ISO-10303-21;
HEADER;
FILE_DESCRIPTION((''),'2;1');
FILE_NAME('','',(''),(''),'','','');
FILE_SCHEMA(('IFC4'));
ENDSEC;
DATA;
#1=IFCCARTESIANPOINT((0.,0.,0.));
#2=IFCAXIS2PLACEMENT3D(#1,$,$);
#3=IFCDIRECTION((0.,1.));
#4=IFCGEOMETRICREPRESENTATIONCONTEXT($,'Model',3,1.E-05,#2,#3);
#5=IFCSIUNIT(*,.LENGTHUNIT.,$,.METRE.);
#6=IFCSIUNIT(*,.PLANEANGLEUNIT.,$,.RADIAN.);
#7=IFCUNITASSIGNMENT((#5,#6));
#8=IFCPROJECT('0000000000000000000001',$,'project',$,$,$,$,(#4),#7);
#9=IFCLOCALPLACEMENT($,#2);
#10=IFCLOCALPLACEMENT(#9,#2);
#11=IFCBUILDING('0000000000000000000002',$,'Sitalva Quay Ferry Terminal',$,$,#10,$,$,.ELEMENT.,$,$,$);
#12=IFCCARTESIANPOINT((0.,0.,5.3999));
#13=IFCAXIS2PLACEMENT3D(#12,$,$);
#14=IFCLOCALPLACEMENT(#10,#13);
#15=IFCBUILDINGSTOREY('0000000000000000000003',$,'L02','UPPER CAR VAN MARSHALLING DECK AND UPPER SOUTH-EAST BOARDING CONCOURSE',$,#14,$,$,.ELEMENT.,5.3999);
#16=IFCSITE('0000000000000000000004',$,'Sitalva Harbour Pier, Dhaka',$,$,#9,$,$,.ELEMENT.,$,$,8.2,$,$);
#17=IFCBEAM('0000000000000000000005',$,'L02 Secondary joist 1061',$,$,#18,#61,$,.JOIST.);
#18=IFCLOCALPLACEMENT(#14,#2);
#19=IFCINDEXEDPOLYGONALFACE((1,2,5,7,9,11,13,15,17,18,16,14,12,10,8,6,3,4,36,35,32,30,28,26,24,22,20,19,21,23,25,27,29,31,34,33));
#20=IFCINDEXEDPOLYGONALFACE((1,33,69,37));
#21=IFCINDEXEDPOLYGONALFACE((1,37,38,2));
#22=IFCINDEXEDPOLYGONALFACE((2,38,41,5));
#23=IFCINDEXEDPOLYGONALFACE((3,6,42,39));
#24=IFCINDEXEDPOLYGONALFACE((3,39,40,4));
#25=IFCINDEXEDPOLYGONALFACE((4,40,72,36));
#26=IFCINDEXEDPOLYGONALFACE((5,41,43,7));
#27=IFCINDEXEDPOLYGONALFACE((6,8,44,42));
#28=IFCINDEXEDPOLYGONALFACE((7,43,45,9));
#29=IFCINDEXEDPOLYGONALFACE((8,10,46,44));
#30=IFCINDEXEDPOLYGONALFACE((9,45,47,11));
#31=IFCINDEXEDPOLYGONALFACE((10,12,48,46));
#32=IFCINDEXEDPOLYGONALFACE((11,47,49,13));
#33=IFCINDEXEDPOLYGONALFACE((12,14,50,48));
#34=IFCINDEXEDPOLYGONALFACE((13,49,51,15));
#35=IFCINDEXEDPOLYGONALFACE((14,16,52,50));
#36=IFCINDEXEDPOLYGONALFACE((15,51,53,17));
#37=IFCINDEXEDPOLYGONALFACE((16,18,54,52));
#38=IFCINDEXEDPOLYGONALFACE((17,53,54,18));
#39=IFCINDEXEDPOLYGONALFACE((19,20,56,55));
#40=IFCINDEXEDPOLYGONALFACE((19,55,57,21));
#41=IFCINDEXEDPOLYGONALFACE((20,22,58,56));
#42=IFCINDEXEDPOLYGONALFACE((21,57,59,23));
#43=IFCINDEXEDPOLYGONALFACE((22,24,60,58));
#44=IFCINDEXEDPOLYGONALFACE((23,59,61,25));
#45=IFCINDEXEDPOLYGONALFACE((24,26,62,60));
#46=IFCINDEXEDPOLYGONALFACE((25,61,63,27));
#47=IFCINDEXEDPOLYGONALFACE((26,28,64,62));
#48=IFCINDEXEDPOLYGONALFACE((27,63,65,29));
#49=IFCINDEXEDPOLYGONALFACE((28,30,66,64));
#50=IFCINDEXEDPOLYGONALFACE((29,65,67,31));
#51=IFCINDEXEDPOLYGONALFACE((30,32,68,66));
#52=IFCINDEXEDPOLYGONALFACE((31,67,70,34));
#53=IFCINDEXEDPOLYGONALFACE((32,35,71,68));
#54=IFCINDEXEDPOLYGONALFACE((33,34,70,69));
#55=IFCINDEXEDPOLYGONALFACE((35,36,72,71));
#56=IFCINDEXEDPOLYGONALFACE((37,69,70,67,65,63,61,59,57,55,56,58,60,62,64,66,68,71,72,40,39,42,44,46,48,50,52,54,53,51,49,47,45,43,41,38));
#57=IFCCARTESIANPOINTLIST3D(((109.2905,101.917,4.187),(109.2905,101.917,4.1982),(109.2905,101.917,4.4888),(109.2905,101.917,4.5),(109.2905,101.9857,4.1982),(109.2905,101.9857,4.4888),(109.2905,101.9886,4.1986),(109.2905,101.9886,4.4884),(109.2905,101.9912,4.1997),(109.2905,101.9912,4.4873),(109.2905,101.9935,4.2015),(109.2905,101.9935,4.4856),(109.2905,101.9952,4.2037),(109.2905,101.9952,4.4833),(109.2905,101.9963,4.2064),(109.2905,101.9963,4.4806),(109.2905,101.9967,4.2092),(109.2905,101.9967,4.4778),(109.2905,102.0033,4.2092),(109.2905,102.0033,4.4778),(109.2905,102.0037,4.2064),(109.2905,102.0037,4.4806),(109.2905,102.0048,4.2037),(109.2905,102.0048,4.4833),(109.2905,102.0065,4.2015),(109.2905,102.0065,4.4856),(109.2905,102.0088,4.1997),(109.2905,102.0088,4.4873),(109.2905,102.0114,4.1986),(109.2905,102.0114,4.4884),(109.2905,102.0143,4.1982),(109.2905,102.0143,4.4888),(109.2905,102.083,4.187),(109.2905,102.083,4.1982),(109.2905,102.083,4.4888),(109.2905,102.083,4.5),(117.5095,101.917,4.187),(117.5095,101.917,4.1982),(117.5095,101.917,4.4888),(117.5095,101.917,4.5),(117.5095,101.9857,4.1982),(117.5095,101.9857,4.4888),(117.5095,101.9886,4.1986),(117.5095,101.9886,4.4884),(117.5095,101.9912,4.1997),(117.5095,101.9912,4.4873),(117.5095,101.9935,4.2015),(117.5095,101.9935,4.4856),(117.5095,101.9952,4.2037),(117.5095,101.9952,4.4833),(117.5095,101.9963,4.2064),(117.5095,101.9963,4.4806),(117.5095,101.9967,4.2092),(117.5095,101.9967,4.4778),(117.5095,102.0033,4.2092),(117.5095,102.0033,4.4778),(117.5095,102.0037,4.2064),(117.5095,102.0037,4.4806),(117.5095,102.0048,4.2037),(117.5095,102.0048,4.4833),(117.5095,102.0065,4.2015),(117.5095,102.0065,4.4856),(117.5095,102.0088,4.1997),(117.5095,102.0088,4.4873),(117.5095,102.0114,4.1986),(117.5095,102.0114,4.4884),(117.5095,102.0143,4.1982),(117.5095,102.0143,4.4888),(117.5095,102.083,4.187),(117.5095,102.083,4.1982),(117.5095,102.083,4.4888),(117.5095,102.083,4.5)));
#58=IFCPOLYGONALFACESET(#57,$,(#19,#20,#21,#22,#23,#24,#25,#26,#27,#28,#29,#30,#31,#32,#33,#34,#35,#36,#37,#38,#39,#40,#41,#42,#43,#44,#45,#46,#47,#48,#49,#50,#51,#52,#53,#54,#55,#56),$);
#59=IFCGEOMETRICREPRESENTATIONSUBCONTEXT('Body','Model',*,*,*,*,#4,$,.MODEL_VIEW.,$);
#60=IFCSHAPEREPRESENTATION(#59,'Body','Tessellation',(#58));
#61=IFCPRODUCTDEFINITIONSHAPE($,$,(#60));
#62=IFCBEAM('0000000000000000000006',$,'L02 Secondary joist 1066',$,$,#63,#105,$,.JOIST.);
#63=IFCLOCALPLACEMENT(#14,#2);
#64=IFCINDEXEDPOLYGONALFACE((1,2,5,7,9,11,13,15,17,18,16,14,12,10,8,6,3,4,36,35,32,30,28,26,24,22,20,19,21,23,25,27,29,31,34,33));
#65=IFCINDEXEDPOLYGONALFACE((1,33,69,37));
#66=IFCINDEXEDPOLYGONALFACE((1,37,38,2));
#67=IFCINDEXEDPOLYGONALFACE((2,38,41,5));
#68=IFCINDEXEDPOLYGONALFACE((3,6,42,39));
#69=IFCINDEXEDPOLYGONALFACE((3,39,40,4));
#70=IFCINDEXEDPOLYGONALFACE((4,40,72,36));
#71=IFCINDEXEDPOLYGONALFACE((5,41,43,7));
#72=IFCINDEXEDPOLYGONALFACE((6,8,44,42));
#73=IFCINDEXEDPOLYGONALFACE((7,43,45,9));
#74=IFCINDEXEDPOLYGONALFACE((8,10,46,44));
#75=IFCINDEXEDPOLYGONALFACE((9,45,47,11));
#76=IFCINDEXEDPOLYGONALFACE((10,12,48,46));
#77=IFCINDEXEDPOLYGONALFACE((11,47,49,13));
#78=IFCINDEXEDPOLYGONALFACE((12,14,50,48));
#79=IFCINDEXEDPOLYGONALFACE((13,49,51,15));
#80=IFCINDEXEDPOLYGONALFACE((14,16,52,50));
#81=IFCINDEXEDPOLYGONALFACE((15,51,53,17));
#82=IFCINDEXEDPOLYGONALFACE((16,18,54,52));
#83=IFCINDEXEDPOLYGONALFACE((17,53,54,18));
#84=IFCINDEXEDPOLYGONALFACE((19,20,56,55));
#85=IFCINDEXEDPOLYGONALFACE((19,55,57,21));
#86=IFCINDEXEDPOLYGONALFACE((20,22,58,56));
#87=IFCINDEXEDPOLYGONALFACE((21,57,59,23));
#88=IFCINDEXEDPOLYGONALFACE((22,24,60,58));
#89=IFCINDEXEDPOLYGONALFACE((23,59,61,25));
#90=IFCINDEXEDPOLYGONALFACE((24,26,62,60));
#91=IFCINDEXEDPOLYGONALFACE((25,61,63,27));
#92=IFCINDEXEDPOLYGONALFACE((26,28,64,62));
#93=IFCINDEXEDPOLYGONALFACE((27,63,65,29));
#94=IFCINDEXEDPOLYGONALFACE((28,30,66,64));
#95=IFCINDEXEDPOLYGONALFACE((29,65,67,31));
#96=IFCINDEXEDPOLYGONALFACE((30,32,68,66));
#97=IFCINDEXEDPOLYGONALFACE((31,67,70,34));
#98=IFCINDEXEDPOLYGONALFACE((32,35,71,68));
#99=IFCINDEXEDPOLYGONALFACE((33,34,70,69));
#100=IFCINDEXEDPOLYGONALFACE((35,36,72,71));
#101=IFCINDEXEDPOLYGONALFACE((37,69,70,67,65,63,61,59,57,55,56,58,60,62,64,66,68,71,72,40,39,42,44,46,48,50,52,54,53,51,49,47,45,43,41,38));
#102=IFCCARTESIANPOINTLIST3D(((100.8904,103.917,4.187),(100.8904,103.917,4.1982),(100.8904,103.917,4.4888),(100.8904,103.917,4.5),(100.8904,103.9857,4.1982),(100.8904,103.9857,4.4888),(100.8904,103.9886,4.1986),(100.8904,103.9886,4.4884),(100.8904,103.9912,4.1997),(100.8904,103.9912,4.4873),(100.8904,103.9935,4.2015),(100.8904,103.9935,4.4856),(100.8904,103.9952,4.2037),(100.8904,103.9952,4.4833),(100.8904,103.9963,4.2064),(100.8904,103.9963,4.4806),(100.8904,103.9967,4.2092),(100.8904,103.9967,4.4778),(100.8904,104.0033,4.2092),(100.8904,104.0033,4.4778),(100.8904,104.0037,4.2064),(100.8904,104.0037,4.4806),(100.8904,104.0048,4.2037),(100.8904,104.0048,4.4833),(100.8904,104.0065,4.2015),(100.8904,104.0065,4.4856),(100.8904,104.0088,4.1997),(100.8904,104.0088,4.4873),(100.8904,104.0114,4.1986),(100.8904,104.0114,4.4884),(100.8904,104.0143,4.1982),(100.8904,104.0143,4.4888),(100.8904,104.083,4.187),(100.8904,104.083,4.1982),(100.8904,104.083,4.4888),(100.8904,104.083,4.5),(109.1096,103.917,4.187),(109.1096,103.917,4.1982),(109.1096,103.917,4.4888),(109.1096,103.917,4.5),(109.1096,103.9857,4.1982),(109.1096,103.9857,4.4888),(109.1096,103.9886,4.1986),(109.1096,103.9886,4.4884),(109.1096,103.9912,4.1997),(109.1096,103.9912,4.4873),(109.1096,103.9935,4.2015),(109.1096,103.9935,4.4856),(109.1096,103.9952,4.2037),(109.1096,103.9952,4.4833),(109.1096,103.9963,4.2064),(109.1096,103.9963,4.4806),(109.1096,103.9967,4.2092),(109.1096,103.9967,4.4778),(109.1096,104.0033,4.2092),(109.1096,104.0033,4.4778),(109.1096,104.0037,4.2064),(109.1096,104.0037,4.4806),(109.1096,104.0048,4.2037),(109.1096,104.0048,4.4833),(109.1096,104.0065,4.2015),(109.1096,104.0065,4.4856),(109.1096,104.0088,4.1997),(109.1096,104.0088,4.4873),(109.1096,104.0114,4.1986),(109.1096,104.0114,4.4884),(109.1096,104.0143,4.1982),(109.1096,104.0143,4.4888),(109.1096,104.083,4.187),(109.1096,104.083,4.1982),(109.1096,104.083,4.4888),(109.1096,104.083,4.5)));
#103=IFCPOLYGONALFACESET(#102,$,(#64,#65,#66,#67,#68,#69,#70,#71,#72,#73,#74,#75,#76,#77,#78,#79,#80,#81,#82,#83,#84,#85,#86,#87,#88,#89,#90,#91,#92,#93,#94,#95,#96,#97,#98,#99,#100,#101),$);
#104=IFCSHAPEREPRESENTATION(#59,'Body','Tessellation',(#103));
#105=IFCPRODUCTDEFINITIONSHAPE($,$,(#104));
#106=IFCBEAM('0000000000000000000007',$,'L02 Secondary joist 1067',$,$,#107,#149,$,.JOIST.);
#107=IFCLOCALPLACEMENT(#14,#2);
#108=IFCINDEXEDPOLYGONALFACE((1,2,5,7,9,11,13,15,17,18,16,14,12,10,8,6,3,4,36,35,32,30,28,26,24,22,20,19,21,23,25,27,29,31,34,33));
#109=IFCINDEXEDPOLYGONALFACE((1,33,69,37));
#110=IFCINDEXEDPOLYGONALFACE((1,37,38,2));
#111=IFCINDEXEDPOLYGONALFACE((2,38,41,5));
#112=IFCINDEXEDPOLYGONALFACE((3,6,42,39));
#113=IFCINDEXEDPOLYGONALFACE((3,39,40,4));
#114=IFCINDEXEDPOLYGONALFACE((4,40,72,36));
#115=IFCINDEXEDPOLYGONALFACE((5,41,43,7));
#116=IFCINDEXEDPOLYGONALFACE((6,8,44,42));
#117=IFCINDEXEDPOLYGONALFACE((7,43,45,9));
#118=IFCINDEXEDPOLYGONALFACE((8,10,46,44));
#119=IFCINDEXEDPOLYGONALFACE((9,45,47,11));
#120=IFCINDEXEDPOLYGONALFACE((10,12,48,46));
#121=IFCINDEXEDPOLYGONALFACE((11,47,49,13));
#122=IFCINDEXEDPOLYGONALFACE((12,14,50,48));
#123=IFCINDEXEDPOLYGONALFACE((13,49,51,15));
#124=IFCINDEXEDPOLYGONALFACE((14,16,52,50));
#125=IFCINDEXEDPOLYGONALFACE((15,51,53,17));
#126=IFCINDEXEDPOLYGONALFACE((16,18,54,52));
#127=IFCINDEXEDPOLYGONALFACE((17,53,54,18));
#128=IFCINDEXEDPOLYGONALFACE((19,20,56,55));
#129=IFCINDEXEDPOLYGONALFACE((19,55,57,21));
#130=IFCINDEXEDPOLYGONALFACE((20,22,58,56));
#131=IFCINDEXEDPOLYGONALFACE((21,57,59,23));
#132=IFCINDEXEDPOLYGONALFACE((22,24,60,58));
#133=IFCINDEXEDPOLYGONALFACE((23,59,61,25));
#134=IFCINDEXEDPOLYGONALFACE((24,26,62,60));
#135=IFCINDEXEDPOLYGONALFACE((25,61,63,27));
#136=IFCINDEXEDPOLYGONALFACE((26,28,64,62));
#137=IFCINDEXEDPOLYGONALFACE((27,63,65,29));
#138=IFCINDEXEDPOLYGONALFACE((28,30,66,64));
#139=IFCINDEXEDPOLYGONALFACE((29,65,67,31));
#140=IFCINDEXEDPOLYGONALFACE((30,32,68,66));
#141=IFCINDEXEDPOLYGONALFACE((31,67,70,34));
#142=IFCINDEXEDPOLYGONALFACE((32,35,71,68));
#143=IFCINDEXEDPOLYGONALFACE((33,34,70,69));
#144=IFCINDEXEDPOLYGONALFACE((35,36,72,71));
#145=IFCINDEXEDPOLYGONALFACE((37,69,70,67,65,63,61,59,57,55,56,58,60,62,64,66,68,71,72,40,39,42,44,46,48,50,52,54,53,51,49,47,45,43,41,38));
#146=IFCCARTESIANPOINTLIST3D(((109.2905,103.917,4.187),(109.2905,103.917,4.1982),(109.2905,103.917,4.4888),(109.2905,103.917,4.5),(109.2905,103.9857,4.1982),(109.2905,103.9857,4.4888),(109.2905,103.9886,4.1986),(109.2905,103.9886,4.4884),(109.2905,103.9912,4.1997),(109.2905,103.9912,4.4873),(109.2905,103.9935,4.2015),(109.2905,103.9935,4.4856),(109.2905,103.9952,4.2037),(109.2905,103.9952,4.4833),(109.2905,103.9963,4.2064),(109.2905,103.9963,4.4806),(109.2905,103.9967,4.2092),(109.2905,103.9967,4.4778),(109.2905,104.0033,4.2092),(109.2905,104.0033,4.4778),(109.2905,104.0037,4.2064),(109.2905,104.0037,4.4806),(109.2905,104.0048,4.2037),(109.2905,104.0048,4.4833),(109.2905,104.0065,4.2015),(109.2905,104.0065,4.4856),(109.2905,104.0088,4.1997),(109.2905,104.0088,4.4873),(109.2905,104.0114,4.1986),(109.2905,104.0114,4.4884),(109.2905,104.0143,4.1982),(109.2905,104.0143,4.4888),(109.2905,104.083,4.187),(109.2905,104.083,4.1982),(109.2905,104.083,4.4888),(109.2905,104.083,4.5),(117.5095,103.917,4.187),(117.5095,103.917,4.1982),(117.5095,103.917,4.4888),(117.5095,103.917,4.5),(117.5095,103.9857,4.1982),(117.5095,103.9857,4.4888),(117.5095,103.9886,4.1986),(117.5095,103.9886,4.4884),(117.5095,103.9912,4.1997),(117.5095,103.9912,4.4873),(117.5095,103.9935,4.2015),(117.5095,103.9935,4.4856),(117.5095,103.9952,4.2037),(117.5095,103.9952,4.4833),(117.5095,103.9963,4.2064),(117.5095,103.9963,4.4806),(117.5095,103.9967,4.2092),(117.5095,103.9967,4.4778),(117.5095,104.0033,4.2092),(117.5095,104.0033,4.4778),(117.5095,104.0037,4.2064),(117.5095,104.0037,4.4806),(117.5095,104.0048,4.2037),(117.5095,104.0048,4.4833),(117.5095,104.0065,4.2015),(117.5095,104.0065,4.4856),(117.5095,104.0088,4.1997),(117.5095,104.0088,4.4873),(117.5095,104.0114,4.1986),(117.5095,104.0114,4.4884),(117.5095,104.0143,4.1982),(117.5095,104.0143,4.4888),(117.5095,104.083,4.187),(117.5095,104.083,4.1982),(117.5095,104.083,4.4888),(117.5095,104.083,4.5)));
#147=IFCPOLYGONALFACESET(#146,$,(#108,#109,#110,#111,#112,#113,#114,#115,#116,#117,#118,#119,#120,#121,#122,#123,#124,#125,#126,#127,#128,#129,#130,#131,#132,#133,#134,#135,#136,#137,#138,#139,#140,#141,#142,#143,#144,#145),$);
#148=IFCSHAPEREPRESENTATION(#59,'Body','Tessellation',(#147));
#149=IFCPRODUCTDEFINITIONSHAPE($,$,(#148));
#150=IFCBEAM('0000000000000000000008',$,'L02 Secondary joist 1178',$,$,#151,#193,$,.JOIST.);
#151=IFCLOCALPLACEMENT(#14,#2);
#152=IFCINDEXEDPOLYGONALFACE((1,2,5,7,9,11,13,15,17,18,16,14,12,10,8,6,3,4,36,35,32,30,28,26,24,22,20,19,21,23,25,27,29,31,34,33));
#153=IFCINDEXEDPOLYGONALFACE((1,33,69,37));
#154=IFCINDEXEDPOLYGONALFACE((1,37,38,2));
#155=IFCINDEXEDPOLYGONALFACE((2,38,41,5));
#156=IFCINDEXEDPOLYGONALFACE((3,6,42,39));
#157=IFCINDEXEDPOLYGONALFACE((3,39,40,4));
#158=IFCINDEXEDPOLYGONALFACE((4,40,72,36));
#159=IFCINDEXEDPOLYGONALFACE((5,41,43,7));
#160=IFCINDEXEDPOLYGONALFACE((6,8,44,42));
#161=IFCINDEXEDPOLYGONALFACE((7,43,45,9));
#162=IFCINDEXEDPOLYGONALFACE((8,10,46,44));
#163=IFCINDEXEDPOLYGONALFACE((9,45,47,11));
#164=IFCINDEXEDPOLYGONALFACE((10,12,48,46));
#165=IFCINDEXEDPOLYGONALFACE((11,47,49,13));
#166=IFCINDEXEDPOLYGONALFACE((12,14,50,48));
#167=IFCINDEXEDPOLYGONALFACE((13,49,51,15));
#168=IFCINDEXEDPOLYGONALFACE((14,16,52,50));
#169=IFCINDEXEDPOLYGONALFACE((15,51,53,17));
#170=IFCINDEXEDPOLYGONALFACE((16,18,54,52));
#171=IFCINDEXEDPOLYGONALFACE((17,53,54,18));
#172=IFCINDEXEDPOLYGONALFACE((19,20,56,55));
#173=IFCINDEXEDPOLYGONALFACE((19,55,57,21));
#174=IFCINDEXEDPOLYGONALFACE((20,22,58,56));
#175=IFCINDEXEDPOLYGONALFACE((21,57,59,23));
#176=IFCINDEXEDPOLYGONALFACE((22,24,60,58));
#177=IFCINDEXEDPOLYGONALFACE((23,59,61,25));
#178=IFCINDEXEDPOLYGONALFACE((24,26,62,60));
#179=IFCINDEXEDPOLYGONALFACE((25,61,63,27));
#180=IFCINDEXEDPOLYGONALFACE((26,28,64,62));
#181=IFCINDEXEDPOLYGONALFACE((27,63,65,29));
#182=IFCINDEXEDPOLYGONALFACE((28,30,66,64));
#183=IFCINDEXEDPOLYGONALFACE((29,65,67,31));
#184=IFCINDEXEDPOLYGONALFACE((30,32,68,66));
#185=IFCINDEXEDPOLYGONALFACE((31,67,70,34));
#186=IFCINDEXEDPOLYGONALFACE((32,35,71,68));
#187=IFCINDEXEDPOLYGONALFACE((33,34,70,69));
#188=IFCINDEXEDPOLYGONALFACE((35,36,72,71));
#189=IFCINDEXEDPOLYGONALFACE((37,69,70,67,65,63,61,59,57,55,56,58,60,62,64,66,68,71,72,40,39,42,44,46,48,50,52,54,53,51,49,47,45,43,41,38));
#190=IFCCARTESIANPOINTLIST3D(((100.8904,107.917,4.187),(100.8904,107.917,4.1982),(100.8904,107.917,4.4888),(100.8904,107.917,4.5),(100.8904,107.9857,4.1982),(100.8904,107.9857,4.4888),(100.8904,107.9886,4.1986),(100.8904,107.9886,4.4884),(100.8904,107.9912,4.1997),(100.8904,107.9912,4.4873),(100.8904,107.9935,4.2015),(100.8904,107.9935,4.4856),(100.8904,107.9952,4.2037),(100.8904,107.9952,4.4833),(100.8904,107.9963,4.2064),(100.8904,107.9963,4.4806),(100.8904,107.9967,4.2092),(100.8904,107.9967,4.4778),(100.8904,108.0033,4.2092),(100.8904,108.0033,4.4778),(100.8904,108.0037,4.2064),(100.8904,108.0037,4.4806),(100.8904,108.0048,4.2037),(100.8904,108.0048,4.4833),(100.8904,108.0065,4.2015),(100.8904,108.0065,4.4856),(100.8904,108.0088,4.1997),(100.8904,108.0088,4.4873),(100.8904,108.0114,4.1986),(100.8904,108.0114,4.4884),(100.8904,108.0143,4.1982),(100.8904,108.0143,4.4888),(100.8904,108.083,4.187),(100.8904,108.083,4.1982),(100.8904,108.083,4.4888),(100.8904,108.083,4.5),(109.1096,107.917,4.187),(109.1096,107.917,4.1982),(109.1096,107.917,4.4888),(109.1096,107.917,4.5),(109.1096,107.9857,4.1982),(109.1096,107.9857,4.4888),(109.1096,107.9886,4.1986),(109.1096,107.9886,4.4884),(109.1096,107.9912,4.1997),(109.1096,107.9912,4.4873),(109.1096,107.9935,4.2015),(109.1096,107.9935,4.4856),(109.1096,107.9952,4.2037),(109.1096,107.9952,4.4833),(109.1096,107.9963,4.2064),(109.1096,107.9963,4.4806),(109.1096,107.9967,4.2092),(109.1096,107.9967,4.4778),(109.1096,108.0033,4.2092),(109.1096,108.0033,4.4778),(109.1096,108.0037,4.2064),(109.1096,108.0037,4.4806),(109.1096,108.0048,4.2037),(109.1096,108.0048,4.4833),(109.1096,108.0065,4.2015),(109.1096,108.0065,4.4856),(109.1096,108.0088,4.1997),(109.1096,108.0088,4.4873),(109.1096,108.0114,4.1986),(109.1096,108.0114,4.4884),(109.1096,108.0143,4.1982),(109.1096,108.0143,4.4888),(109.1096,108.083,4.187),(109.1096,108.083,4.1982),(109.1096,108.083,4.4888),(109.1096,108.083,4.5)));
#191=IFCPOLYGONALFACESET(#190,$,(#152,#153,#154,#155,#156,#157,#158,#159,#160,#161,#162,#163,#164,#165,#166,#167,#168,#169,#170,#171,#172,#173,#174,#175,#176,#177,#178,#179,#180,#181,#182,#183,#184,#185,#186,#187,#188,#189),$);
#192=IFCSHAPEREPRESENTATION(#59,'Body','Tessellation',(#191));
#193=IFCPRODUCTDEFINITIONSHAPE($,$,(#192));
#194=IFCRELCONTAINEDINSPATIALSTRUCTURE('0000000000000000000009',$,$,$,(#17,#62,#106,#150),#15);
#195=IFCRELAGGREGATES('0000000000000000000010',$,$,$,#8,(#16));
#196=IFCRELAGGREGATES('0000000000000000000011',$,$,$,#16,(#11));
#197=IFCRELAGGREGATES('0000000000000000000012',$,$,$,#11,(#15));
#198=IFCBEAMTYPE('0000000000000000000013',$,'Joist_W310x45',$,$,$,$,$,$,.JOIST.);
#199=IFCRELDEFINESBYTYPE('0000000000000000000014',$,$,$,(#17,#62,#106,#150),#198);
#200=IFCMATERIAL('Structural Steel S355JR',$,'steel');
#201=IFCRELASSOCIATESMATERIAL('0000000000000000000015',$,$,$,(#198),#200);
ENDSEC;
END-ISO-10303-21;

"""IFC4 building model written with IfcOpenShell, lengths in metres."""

from ifc_helpers import new_model, si_unit, direction, frame, origin, origin_2d, place, context, subcontext, project, spatial, i_section, extrude, material, material_profile, profile_set, type_object, element, save


model = new_model("IFC4")

# Units and contexts
model_context = context("Model", 3, precision=1e-05, world=origin(), true_north=direction((0.0, 1.0)))
body_context = subcontext(model_context, "Body", "Model", "MODEL_VIEW")
ifc_project = project(units=[si_unit("LENGTHUNIT", "METRE"), si_unit("PLANEANGLEUNIT", "RADIAN")], contexts=[model_context])

# Site, building, storey
site_placement = place(None, origin())
site = spatial("IfcSite", under=ifc_project, at=site_placement, Name="Sitalva Harbour Pier, Dhaka", CompositionType="ELEMENT", RefElevation=8.2)
building_placement = place(site_placement, origin())
building = spatial("IfcBuilding", under=site, at=building_placement, Name="Sitalva Quay Ferry Terminal", CompositionType="ELEMENT")
storey_placement = place(building_placement, frame((0.0, 0.0, 5.3999)))
storey = spatial("IfcBuildingStorey", under=building, at=storey_placement, Name="L02", Description="UPPER CAR VAN MARSHALLING DECK AND UPPER SOUTH-EAST BOARDING CONCOURSE", CompositionType="ELEMENT", Elevation=5.3999)

# Beams
ifc_material_1 = material(Name="Structural Steel S355JR", Category="steel")
ifc_material_profile_1 = material_profile(ifc_material_1, i_section(OverallWidth=0.166, OverallDepth=0.313, WebThickness=0.0066, FlangeThickness=0.0112, FilletRadius=0.011, at=origin_2d()), Name="W310x45")
ifc_profile_set_1 = profile_set([ifc_material_profile_1], Name="Structural Steel S355JR")
beam_type_1 = type_object("IfcBeamType", Name="Joist_W310x45", PredefinedType="JOIST", material=ifc_profile_set_1)
beam_1_placement = place(storey_placement, frame((109.2905, 102.0, 4.3435), z_axis=(1.0, 0.0, 0.0), x_axis=(0.0, 1.0, 0.0)))
element("IfcBeam", 1, at=beam_1_placement, inside=storey, type_object=beam_type_1, Name="L02 Secondary joist 1061", PredefinedType="JOIST", context=body_context, shape_type="SweptSolid", body=[
    extrude(i_section(OverallWidth=0.166, OverallDepth=0.313, WebThickness=0.0066, FlangeThickness=0.0112, FilletRadius=0.011, at=origin_2d()), origin(), (0.0, 0.0, 1.0), 8.219),
])
beam_2_placement = place(storey_placement, frame((100.8904, 104.0, 4.3435), z_axis=(1.0, 0.0, 0.0), x_axis=(0.0, 1.0, 0.0)))
element("IfcBeam", 2, at=beam_2_placement, inside=storey, type_object=beam_type_1, Name="L02 Secondary joist 1066", PredefinedType="JOIST", context=body_context, shape_type="SweptSolid", body=[
    extrude(i_section(OverallWidth=0.166, OverallDepth=0.313, WebThickness=0.0066, FlangeThickness=0.0112, FilletRadius=0.011, at=origin_2d()), origin(), (0.0, 0.0, 1.0), 8.2192),
])
beam_3_placement = place(storey_placement, frame((109.2905, 104.0, 4.3435), z_axis=(1.0, 0.0, 0.0), x_axis=(0.0, 1.0, 0.0)))
element("IfcBeam", 3, at=beam_3_placement, inside=storey, type_object=beam_type_1, Name="L02 Secondary joist 1067", PredefinedType="JOIST", context=body_context, shape_type="SweptSolid", body=[
    extrude(i_section(OverallWidth=0.166, OverallDepth=0.313, WebThickness=0.0066, FlangeThickness=0.0112, FilletRadius=0.011, at=origin_2d()), origin(), (0.0, 0.0, 1.0), 8.219),
])
beam_4_placement = place(storey_placement, frame((100.8904, 108.0, 4.3435), z_axis=(1.0, 0.0, 0.0), x_axis=(0.0, 1.0, 0.0)))
element("IfcBeam", 4, at=beam_4_placement, inside=storey, type_object=beam_type_1, Name="L02 Secondary joist 1178", PredefinedType="JOIST", context=body_context, shape_type="SweptSolid", body=[
    extrude(i_section(OverallWidth=0.166, OverallDepth=0.313, WebThickness=0.0066, FlangeThickness=0.0112, FilletRadius=0.011, at=origin_2d()), origin(), (0.0, 0.0, 1.0), 8.2192),
])

save(model, "model.ifc")
